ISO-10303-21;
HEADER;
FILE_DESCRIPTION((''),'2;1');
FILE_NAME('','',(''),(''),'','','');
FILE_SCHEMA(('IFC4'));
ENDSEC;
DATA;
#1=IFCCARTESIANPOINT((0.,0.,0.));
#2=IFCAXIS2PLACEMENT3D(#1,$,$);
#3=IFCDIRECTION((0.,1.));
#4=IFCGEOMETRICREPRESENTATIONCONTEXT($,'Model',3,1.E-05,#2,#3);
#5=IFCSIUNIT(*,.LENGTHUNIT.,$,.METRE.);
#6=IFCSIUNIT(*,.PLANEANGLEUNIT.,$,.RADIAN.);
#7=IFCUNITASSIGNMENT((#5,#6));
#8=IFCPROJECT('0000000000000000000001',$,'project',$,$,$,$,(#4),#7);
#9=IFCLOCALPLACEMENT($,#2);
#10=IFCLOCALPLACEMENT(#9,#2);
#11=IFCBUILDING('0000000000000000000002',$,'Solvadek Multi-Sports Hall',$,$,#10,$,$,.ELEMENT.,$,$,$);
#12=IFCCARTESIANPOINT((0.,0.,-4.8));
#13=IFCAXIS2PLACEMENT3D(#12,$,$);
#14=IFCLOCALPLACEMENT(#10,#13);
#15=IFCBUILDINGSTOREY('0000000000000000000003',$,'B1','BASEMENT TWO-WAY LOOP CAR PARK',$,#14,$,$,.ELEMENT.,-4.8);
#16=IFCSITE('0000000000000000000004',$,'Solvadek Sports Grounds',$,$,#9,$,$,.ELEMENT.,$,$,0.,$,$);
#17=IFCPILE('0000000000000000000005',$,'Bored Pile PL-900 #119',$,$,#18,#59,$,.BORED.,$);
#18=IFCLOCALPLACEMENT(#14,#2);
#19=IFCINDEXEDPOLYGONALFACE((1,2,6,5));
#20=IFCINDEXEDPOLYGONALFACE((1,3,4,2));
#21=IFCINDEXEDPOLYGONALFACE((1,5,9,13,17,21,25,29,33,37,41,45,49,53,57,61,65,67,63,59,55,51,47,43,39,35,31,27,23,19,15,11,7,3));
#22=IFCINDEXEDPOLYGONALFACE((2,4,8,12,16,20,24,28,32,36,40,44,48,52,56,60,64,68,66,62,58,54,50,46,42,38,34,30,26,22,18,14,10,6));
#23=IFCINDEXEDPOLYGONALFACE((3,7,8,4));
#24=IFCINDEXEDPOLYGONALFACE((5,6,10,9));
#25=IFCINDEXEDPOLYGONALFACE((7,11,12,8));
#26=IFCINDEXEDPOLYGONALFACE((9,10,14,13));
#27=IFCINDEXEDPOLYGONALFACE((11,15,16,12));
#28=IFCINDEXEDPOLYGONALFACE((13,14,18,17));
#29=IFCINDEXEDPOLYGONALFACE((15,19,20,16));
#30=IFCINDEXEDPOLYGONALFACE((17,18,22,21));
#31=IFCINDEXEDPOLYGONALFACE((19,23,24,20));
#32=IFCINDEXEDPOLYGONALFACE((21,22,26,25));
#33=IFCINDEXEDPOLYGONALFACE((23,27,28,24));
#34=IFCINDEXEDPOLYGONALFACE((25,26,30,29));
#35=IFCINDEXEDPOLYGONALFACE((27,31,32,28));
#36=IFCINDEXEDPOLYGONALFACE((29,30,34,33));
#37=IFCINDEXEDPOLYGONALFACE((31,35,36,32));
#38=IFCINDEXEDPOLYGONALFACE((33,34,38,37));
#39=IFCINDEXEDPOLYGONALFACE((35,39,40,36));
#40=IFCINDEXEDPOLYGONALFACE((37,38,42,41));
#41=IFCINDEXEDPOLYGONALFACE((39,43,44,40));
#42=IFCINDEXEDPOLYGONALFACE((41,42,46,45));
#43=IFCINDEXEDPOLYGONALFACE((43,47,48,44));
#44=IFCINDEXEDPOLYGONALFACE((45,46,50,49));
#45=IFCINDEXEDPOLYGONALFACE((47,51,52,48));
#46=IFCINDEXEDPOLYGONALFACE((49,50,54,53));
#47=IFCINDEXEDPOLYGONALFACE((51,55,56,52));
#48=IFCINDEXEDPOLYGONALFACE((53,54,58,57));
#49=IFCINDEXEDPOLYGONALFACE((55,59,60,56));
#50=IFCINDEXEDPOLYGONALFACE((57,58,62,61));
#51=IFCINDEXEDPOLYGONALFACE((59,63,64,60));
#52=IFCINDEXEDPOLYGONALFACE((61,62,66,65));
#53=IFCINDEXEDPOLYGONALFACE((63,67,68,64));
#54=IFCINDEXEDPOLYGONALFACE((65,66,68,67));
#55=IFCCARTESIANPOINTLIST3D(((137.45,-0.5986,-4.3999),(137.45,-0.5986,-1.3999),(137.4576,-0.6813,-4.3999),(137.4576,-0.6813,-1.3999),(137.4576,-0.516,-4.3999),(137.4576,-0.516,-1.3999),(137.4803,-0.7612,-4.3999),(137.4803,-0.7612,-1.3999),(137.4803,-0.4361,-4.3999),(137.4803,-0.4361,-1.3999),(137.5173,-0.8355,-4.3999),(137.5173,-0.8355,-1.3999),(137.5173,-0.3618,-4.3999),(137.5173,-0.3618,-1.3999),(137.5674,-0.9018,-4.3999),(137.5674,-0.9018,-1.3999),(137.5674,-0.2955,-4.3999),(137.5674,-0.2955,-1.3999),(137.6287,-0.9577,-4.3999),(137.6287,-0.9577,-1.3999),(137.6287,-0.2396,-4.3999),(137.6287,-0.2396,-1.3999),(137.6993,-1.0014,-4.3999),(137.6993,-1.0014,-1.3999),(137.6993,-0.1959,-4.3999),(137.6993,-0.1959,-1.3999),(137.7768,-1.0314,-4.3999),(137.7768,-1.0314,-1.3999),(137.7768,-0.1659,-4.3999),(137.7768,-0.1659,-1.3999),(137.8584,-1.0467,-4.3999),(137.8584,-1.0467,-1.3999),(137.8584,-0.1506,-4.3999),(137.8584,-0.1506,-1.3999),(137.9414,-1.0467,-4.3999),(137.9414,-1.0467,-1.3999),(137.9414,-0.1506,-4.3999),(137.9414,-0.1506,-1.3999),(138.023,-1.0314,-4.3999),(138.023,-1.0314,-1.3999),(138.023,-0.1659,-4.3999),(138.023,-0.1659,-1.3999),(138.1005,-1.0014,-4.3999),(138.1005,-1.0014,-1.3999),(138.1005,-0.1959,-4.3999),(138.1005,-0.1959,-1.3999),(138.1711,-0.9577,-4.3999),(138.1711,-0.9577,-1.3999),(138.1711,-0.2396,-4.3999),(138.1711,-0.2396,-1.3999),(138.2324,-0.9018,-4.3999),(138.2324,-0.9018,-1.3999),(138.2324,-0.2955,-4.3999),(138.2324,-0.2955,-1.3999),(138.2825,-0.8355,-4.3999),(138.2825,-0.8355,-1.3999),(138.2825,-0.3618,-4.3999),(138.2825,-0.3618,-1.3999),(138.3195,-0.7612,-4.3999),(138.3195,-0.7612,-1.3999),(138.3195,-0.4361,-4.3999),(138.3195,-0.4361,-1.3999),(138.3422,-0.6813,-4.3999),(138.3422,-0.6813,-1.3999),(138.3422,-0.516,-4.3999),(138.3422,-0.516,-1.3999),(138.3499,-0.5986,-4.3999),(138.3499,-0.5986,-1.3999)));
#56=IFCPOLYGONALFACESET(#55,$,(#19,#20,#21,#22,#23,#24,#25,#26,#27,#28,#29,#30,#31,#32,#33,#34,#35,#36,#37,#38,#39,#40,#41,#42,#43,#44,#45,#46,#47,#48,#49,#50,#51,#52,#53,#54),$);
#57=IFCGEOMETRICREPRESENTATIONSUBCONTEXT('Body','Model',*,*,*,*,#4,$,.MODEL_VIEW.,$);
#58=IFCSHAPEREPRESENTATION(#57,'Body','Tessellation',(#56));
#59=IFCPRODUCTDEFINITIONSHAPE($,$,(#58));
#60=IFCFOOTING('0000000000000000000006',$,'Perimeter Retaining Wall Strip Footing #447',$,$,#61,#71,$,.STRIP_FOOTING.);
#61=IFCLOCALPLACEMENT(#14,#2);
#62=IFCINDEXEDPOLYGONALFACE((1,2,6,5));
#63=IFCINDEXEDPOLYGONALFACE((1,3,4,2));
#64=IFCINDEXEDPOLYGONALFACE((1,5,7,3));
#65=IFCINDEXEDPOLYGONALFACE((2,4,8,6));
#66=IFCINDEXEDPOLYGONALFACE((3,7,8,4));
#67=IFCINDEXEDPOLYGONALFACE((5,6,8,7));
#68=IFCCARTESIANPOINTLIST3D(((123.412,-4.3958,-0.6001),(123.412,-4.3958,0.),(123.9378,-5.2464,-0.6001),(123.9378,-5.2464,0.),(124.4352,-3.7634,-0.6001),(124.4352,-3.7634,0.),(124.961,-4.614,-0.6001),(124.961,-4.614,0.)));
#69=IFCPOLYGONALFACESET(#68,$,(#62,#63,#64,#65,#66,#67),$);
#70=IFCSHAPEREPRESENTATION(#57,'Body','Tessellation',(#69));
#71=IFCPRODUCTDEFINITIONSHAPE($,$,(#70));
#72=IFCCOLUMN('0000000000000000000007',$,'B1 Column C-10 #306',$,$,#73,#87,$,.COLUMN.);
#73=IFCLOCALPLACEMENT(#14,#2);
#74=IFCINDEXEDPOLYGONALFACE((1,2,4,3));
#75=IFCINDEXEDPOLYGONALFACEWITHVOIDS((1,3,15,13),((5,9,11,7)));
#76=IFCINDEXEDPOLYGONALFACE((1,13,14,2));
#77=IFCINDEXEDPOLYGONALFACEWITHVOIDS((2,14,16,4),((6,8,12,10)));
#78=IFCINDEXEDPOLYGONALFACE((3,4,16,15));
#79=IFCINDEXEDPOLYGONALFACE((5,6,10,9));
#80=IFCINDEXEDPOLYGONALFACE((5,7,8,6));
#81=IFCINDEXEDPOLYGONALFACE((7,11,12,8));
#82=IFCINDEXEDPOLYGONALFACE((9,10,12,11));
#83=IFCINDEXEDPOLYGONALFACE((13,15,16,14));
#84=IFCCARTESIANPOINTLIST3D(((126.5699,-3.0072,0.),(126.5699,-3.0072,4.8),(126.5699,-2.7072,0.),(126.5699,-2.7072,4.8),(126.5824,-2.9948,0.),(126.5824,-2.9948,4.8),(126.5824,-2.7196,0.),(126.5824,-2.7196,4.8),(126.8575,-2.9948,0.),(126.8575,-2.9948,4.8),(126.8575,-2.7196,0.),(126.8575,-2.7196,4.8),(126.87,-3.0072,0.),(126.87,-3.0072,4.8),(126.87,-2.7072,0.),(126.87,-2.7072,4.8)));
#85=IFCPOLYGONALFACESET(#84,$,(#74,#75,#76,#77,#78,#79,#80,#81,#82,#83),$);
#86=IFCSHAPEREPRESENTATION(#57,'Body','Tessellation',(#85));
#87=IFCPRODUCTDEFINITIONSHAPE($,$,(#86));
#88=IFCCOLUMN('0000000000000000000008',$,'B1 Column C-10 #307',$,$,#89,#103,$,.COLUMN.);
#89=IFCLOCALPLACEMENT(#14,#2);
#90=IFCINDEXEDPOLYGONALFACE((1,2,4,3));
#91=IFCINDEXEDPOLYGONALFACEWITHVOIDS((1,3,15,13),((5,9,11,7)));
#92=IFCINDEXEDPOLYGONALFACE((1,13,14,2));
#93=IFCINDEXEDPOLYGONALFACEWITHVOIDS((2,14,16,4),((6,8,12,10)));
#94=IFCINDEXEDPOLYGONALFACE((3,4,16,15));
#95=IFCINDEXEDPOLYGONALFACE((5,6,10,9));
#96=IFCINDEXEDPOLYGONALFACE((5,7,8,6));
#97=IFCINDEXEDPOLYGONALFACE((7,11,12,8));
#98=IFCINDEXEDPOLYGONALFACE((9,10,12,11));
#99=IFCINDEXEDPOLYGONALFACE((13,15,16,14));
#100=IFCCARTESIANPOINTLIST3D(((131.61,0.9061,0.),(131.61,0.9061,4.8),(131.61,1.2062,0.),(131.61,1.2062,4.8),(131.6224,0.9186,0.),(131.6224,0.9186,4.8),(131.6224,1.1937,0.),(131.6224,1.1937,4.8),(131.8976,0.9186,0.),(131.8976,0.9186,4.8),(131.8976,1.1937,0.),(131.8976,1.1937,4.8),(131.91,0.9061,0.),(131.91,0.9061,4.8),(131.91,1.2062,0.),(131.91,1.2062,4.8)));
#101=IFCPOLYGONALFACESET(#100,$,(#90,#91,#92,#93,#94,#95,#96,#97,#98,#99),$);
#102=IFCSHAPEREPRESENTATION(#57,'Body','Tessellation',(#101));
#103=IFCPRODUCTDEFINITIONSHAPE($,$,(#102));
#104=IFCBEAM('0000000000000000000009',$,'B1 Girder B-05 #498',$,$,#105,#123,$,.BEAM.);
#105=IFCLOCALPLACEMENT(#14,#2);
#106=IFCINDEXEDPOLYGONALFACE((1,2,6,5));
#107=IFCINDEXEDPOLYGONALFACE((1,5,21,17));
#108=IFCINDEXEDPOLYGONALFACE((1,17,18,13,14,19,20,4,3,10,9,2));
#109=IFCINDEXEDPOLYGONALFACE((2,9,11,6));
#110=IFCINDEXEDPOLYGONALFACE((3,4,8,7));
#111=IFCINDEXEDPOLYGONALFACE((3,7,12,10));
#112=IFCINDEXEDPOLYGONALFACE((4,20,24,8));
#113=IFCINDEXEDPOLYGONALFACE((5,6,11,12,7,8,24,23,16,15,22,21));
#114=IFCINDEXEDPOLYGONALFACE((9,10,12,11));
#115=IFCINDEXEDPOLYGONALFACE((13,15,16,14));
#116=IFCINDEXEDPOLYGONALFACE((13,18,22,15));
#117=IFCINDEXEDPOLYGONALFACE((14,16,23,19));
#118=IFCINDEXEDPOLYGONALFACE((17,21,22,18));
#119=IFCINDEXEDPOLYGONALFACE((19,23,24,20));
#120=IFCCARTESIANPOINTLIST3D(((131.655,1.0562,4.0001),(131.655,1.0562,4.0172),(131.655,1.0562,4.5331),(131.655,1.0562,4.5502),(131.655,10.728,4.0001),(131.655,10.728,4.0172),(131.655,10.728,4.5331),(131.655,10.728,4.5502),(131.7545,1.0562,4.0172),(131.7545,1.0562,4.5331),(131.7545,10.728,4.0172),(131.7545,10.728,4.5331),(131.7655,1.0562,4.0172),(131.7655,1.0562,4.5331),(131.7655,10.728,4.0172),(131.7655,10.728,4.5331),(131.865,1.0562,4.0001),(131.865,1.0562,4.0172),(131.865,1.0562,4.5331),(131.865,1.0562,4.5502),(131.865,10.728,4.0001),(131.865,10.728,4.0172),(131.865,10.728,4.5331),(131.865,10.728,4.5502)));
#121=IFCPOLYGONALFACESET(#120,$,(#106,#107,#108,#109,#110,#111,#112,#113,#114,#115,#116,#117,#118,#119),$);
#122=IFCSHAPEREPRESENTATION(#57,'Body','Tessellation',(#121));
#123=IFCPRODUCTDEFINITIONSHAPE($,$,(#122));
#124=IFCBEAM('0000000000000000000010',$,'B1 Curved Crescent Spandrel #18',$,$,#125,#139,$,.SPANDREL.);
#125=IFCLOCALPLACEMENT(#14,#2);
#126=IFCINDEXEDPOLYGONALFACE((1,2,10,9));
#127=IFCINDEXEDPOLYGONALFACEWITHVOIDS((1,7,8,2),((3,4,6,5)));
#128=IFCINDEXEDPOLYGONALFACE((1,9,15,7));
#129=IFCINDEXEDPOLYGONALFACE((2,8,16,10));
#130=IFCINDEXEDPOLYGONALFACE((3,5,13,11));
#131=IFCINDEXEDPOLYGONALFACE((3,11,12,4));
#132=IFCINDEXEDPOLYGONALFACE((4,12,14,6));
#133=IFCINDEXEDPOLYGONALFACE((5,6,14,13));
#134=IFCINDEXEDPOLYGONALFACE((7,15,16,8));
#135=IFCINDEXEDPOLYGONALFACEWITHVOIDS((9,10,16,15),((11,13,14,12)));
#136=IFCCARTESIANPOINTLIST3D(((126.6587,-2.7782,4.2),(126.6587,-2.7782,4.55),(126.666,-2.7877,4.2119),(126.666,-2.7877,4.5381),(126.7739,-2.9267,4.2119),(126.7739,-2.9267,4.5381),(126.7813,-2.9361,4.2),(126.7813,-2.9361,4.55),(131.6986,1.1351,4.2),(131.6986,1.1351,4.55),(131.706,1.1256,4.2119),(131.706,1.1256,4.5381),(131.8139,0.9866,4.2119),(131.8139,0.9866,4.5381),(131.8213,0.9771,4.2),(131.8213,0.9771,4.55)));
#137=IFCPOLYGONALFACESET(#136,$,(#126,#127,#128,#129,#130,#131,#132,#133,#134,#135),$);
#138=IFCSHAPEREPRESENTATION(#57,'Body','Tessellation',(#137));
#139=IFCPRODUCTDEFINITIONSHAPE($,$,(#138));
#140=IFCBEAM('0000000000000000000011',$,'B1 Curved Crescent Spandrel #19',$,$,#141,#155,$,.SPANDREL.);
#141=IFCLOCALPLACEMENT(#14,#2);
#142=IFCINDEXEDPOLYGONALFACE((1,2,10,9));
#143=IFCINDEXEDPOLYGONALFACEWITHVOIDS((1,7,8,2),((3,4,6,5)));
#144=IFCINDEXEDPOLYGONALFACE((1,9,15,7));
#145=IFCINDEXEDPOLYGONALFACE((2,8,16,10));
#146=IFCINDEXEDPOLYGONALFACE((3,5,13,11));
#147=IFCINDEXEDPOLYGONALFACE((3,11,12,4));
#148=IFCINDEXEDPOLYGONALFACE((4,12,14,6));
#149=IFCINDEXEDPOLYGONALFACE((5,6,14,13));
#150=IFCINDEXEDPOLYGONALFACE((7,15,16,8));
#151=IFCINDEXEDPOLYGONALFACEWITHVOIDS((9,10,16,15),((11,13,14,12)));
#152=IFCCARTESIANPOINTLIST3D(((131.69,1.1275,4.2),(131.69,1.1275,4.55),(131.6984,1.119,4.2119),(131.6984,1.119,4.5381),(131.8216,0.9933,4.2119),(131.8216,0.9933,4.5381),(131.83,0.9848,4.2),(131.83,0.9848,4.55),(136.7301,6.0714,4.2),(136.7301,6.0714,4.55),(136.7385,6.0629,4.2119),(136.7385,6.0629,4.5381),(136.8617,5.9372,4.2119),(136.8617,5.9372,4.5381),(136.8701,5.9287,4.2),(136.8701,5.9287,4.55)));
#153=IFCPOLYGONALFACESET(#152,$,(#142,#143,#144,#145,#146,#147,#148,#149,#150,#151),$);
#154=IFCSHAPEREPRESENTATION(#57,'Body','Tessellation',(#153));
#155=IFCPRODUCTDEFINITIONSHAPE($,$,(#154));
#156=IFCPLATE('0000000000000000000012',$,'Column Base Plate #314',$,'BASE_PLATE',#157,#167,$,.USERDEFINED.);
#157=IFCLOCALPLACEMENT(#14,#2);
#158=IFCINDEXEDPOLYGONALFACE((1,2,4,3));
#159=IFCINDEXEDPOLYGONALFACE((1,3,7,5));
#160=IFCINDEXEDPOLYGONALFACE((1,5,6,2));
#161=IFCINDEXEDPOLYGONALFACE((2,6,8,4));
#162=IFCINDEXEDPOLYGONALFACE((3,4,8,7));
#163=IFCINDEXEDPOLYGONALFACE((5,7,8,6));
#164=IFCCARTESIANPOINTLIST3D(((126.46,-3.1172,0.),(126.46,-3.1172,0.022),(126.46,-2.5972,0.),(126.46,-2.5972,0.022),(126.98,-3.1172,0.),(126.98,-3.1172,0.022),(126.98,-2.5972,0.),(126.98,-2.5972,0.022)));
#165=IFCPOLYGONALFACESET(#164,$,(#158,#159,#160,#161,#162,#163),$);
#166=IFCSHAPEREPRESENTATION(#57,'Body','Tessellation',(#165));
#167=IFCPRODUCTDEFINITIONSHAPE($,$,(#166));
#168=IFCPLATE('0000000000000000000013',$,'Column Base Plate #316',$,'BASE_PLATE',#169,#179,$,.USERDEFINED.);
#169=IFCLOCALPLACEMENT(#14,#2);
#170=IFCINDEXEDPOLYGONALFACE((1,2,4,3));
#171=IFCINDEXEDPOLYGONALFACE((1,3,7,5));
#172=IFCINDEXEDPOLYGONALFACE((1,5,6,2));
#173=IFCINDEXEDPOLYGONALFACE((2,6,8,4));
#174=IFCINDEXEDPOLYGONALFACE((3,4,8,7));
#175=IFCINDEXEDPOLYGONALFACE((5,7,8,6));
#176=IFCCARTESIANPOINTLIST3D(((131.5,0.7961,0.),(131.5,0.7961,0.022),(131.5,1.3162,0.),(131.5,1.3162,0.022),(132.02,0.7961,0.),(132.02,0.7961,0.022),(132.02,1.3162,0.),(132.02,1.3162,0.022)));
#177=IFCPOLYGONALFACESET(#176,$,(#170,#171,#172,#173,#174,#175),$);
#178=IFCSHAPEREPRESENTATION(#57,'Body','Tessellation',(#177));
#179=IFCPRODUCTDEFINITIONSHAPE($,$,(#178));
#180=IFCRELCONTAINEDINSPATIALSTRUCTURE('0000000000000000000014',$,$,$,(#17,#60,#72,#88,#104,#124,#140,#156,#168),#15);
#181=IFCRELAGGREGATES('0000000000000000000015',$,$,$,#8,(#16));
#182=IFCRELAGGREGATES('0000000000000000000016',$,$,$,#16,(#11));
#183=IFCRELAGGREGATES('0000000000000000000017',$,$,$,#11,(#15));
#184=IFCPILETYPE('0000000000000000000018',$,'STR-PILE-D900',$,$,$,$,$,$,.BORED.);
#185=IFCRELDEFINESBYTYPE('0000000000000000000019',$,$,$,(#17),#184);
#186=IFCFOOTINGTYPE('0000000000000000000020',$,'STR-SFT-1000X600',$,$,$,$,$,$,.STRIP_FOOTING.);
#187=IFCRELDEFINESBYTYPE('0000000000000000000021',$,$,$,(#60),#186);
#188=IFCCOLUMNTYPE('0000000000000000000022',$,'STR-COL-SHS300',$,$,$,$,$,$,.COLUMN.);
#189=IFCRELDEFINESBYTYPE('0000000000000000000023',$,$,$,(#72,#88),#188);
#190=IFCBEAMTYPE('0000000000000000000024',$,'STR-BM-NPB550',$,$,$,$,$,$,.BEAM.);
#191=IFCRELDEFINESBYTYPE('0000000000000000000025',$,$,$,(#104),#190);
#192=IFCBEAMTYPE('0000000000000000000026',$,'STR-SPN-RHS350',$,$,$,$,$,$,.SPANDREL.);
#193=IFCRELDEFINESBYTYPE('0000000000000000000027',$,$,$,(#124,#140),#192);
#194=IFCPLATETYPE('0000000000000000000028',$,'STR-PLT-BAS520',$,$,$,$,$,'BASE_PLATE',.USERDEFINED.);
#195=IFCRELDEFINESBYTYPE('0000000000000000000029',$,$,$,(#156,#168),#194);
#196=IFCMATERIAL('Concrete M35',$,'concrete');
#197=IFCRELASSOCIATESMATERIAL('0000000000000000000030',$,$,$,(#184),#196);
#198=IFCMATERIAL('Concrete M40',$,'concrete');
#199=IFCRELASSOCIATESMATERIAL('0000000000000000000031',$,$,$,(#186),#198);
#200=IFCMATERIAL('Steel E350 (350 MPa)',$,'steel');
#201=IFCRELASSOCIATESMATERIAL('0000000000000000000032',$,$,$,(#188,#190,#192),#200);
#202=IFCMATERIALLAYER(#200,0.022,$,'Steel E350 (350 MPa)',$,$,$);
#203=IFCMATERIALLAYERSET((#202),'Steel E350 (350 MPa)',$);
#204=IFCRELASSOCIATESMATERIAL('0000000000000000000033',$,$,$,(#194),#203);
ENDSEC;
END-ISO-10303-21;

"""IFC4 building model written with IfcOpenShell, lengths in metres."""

from ifc_helpers import new_model, si_unit, direction, frame, origin, origin_2d, place, context, subcontext, project, spatial, rectangle, hollow_rectangle, circle, i_section, extrude, material, layer, layer_set, material_profile, profile_set, type_object, element, save


model = new_model("IFC4")

# Units and contexts
model_context = context("Model", 3, precision=1e-05, world=origin(), true_north=direction((0.0, 1.0)))
body_context = subcontext(model_context, "Body", "Model", "MODEL_VIEW")
ifc_project = project(units=[si_unit("LENGTHUNIT", "METRE"), si_unit("PLANEANGLEUNIT", "RADIAN")], contexts=[model_context])

# Site, building, storey
site_placement = place(None, origin())
site = spatial("IfcSite", under=ifc_project, at=site_placement, Name="Solvadek Sports Grounds", CompositionType="ELEMENT", RefElevation=0.0)
building_placement = place(site_placement, origin())
building = spatial("IfcBuilding", under=site, at=building_placement, Name="Solvadek Multi-Sports Hall", CompositionType="ELEMENT")
storey_placement = place(building_placement, frame((0.0, 0.0, -4.8)))
storey = spatial("IfcBuildingStorey", under=building, at=storey_placement, Name="B1", Description="BASEMENT TWO-WAY LOOP CAR PARK", CompositionType="ELEMENT", Elevation=-4.8)

# Pile
ifc_material_1 = material(Name="Concrete M35", Category="concrete")
ifc_material_profile_1 = material_profile(ifc_material_1, circle(Radius=0.45, at=origin_2d()), Name="BORED PILE D900")
ifc_profile_set_1 = profile_set([ifc_material_profile_1], Name="Concrete M35")
pile_type_1 = type_object("IfcPileType", Name="STR-PILE-D900", PredefinedType="BORED", material=ifc_profile_set_1)
for number, where, z_axis, x_axis, name in (
    (1, (137.8999, -0.5986, -1.3999), (0.0, 0.0, -1.0), (1.0, 0.0, 0.0), "Bored Pile PL-900 #119"),
):
    element("IfcPile", number, at=place(storey_placement, frame(where, z_axis=z_axis, x_axis=x_axis)), inside=storey, type_object=pile_type_1, Name=name, PredefinedType="BORED", context=body_context, shape_type="SweptSolid", body=[
        extrude(circle(Radius=0.45, at=origin_2d()), origin(), (0.0, 0.0, 1.0), 3.0),
    ])

# Footing
ifc_material_2 = material(Name="Concrete M40", Category="concrete")
footing_type = type_object("IfcFootingType", Name="STR-SFT-1000X600", PredefinedType="STRIP_FOOTING", material=ifc_material_2)
footing_placement = place(storey_placement, frame((124.1865, -4.5049, -0.6001), z_axis=(0.0, 0.0, 1.0), x_axis=(0.850628, 0.525769, 0.0)))
element("IfcFooting", 2, at=footing_placement, inside=storey, type_object=footing_type, Name="Perimeter Retaining Wall Strip Footing #447", PredefinedType="STRIP_FOOTING", context=body_context, shape_type="SweptSolid", body=[
    extrude(rectangle(XDim=1.2029, YDim=1.0, at=origin_2d()), origin(), (0.0, 0.0, 1.0), 0.6001),
])

# Columns
ifc_material_3 = material(Name="Steel E350 (350 MPa)", Category="steel")
ifc_material_profile_2 = material_profile(ifc_material_3, hollow_rectangle(XDim=0.3, YDim=0.3, WallThickness=0.0125, at=origin_2d()), Name="SHS 300x300x12.5")
ifc_profile_set_2 = profile_set([ifc_material_profile_2], Name="Steel E350 (350 MPa)")
column_type = type_object("IfcColumnType", Name="STR-COL-SHS300", PredefinedType="COLUMN", material=ifc_profile_set_2)
for number, where, z_axis, x_axis, name in (
    (3, (126.72, -2.8572, 0.0), (0.0, 0.0, 1.0), (1.0, 0.0, 0.0), "B1 Column C-10 #306"),
    (4, (131.76, 1.0562, 0.0), (0.0, 0.0, 1.0), (1.0, 0.0, 0.0), "B1 Column C-10 #307"),
):
    element("IfcColumn", number, at=place(storey_placement, frame(where, z_axis=z_axis, x_axis=x_axis)), inside=storey, type_object=column_type, Name=name, PredefinedType="COLUMN", context=body_context, shape_type="SweptSolid", body=[
        extrude(hollow_rectangle(XDim=0.3, YDim=0.3, WallThickness=0.0125, at=origin_2d()), origin(), (0.0, 0.0, 1.0), 4.8),
    ])

# Beams
ifc_material_profile_3 = material_profile(ifc_material_3, i_section(OverallWidth=0.21, OverallDepth=0.55, WebThickness=0.011, FlangeThickness=0.0171, at=origin_2d()), Name="NPB 550")
ifc_profile_set_3 = profile_set([ifc_material_profile_3], Name="Steel E350 (350 MPa)")
beam_type_1 = type_object("IfcBeamType", Name="STR-BM-NPB550", PredefinedType="BEAM", material=ifc_profile_set_3)
beam_1_placement = place(storey_placement, frame((131.76, 1.0562, 4.2751), z_axis=(0.0, 1.0, 0.0), x_axis=(-1.0, 0.0, 0.0)))
element("IfcBeam", 5, at=beam_1_placement, inside=storey, type_object=beam_type_1, Name="B1 Girder B-05 #498", PredefinedType="BEAM", context=body_context, shape_type="SweptSolid", body=[
    extrude(i_section(OverallWidth=0.21, OverallDepth=0.55, WebThickness=0.011, FlangeThickness=0.0171, at=origin_2d()), origin(), (0.0, 0.0, 1.0), 9.6719),
])
ifc_material_profile_4 = material_profile(ifc_material_3, hollow_rectangle(XDim=0.2, YDim=0.3501, WallThickness=0.012, at=origin_2d()), Name="RHS 350x200x12")
ifc_profile_set_4 = profile_set([ifc_material_profile_4], Name="Steel E350 (350 MPa)")
beam_type_2 = type_object("IfcBeamType", Name="STR-SPN-RHS350", PredefinedType="SPANDREL", material=ifc_profile_set_4)
beam_2_placement = place(storey_placement, frame((126.72, -2.8572, 4.375), z_axis=(0.789861, 0.613286, 0.0), x_axis=(-0.613286, 0.789861, 0.0)))
element("IfcBeam", 6, at=beam_2_placement, inside=storey, type_object=beam_type_2, Name="B1 Curved Crescent Spandrel #18", PredefinedType="SPANDREL", context=body_context, shape_type="SweptSolid", body=[
    extrude(hollow_rectangle(XDim=0.2, YDim=0.3501, WallThickness=0.012, at=origin_2d()), origin(), (0.0, 0.0, 1.0), 6.3809),
])
beam_3_placement = place(storey_placement, frame((131.76, 1.0562, 4.375), z_axis=(0.713886, 0.700262, 0.0), x_axis=(-0.700262, 0.713886, 0.0)))
element("IfcBeam", 7, at=beam_3_placement, inside=storey, type_object=beam_type_2, Name="B1 Curved Crescent Spandrel #19", PredefinedType="SPANDREL", context=body_context, shape_type="SweptSolid", body=[
    extrude(hollow_rectangle(XDim=0.2, YDim=0.3501, WallThickness=0.012, at=origin_2d()), origin(), (0.0, 0.0, 1.0), 7.0601),
])

# Plates
ifc_layer_1 = layer(ifc_material_3, 0.022, Name="Steel E350 (350 MPa)")
ifc_layer_set_1 = layer_set([ifc_layer_1], Name="Steel E350 (350 MPa)")
plate_type = type_object("IfcPlateType", Name="STR-PLT-BAS520", ElementType="BASE_PLATE", PredefinedType="USERDEFINED", material=ifc_layer_set_1)
for number, where, z_axis, x_axis, name in (
    (8, (126.72, -2.8572, 0.0), (0.0, 0.0, 1.0), (1.0, 0.0, 0.0), "Column Base Plate #314"),
    (9, (131.76, 1.0562, 0.0), (0.0, 0.0, 1.0), (1.0, 0.0, 0.0), "Column Base Plate #316"),
):
    element("IfcPlate", number, at=place(storey_placement, frame(where, z_axis=z_axis, x_axis=x_axis)), inside=storey, type_object=plate_type, Name=name, ObjectType="BASE_PLATE", PredefinedType="USERDEFINED", context=body_context, shape_type="SweptSolid", body=[
        extrude(rectangle(XDim=0.52, YDim=0.52, at=origin_2d()), origin(), (0.0, 0.0, 1.0), 0.022),
    ])

save(model, "model.ifc")
